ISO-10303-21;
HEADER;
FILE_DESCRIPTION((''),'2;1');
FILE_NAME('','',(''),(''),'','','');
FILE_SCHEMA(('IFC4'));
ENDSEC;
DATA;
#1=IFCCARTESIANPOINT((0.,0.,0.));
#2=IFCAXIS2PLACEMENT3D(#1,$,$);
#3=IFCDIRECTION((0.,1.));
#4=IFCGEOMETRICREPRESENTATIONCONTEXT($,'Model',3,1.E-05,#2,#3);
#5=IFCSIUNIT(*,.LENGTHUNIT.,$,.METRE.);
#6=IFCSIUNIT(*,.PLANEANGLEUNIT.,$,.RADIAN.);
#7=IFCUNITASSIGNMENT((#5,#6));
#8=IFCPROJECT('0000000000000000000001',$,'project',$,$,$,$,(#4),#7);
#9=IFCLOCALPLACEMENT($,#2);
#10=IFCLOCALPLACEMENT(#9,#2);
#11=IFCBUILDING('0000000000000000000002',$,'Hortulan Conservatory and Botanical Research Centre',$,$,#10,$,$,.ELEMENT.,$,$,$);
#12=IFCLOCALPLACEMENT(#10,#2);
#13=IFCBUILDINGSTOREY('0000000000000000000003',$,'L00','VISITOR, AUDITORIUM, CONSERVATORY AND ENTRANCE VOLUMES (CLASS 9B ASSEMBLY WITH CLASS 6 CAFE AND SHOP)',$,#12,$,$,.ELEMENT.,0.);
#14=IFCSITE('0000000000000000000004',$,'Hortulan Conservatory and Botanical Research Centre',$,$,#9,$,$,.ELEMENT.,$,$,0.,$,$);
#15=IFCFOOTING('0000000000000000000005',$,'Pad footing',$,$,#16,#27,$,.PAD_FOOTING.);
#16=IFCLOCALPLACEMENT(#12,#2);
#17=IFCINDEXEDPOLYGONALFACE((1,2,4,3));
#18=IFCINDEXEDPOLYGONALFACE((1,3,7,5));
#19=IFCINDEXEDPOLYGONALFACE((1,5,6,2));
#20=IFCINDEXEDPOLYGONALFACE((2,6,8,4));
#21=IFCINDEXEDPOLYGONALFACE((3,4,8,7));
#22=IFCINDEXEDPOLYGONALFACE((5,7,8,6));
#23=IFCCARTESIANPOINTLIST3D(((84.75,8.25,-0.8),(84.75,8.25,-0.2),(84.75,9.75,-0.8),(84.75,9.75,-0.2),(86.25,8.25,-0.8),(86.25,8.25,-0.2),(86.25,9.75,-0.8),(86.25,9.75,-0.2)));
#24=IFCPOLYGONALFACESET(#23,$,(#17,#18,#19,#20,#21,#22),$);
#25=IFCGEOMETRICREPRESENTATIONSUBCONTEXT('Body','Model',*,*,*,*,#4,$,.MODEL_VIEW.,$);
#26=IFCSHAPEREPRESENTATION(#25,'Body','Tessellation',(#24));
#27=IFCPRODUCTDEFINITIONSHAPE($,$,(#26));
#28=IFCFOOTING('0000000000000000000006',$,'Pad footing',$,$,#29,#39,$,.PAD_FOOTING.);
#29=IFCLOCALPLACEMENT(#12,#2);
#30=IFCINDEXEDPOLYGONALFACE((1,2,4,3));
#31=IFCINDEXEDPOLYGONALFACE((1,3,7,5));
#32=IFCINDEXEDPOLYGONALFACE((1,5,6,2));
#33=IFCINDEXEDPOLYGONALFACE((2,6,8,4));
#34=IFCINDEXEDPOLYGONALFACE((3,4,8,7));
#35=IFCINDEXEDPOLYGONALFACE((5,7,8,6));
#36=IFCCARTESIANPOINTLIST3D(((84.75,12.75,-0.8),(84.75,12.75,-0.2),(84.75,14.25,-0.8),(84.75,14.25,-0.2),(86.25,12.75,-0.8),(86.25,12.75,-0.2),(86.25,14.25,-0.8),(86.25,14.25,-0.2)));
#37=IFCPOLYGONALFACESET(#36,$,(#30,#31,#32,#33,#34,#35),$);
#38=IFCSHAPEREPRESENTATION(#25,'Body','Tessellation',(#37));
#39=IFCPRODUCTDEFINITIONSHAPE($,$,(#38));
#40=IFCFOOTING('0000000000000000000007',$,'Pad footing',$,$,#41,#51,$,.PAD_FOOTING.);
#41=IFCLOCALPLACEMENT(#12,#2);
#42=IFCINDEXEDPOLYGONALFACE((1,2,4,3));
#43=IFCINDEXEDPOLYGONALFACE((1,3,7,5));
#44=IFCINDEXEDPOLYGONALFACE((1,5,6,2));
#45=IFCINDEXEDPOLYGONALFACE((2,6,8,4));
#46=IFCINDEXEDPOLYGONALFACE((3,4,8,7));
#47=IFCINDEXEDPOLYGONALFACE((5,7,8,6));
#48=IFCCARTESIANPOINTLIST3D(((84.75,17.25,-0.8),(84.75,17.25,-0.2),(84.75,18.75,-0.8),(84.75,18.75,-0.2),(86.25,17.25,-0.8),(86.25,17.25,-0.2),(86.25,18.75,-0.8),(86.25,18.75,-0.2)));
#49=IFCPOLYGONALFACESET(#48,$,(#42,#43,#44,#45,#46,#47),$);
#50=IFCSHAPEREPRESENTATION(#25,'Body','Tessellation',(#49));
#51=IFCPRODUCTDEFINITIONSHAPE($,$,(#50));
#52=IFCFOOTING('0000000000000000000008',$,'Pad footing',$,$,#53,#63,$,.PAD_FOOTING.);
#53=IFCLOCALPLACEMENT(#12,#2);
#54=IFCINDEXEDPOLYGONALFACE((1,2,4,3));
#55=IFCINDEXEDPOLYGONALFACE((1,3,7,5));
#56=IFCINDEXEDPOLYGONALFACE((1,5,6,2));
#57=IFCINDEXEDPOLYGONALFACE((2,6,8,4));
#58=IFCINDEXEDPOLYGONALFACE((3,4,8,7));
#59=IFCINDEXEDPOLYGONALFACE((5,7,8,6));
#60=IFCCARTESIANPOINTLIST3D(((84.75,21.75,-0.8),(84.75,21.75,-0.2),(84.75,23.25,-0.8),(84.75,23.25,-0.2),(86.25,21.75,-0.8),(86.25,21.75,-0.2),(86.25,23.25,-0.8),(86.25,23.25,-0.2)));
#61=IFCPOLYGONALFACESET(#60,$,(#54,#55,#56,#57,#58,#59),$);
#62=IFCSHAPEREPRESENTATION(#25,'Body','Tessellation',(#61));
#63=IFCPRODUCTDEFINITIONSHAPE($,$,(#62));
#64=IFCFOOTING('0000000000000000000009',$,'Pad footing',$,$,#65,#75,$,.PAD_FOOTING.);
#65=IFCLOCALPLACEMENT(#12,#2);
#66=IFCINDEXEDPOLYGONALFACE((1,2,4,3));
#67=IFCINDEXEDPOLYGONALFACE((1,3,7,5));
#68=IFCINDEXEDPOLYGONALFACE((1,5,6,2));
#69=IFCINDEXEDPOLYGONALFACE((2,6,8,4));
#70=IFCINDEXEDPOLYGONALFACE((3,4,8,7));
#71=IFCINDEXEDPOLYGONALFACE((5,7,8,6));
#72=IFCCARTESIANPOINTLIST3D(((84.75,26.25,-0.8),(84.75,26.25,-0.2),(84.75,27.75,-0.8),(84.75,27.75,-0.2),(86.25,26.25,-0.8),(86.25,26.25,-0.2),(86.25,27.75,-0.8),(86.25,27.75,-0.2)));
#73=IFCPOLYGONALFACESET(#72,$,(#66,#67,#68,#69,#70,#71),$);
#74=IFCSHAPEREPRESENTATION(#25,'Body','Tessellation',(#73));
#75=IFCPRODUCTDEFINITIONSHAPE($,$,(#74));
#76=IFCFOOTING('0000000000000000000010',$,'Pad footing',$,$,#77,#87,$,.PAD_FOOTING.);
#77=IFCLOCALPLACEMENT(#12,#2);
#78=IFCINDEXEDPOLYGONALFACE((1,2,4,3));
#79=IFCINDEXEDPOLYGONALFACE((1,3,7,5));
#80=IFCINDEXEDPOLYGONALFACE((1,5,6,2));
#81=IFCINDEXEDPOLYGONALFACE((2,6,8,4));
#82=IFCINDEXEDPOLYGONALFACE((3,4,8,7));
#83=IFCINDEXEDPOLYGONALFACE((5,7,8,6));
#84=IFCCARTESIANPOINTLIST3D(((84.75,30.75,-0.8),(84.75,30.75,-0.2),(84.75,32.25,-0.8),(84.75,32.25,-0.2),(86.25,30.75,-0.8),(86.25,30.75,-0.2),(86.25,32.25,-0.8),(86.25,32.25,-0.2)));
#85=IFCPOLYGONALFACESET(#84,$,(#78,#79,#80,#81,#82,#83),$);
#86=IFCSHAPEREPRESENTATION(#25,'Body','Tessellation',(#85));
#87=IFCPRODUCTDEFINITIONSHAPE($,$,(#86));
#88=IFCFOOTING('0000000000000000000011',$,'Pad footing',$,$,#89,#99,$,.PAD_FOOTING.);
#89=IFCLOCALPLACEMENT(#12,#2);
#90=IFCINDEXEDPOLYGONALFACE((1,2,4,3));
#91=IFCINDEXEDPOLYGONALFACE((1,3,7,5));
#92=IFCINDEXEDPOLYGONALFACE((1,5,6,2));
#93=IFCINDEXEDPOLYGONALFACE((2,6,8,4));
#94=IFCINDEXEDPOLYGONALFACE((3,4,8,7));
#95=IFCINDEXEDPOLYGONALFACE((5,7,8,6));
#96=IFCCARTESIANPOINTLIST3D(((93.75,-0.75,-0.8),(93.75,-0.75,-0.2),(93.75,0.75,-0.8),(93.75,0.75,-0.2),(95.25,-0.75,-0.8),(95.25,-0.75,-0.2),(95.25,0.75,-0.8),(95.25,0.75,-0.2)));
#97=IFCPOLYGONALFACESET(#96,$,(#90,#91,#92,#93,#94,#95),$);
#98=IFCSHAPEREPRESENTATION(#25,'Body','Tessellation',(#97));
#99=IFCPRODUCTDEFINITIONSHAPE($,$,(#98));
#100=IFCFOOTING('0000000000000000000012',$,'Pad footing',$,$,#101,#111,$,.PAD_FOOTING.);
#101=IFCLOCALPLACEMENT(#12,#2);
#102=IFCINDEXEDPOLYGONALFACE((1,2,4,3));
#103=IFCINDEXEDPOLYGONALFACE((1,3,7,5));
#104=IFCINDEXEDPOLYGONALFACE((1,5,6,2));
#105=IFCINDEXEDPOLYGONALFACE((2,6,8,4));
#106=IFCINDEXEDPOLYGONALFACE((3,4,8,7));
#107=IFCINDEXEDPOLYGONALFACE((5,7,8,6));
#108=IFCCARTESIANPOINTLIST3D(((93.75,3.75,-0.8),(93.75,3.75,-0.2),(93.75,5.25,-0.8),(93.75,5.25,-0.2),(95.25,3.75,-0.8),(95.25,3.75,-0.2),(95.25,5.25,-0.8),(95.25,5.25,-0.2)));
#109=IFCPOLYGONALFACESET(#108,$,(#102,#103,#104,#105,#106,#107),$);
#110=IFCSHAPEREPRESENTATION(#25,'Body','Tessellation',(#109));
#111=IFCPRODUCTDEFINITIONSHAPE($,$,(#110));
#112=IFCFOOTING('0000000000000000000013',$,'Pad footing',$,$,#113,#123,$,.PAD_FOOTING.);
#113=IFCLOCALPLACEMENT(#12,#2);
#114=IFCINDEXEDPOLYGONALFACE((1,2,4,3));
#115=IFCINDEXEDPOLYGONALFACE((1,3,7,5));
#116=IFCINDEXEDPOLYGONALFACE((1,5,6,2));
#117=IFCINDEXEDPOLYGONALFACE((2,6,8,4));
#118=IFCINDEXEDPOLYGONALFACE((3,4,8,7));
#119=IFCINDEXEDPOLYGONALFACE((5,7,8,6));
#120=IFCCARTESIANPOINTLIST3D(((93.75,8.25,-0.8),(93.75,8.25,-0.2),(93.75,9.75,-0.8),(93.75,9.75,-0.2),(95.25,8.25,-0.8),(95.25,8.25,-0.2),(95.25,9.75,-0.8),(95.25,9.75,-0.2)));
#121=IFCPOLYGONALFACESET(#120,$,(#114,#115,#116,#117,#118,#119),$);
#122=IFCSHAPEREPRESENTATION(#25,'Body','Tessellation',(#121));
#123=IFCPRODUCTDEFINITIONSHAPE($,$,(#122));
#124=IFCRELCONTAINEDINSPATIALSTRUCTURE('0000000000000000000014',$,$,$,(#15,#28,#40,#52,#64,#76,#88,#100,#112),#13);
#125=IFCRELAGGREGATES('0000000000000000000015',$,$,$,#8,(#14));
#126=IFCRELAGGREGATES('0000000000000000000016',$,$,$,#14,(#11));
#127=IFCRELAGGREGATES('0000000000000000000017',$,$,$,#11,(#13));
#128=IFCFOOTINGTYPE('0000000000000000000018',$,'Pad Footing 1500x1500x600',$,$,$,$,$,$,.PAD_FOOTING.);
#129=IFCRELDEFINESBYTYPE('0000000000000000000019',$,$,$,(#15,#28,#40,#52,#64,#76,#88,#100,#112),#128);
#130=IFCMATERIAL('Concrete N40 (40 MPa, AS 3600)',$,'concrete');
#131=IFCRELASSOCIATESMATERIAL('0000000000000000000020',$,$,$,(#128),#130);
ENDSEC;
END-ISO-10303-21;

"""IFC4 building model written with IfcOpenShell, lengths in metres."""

from ifc_helpers import new_model, si_unit, direction, frame, origin, place, context, subcontext, project, spatial, polyline, outline, extrude, material, type_object, element, save


model = new_model("IFC4")

# Units and contexts
model_context = context("Model", 3, precision=1e-05, world=origin(), true_north=direction((0.0, 1.0)))
body_context = subcontext(model_context, "Body", "Model", "MODEL_VIEW")
ifc_project = project(units=[si_unit("LENGTHUNIT", "METRE"), si_unit("PLANEANGLEUNIT", "RADIAN")], contexts=[model_context])

# Site, building, storey
site_placement = place(None, origin())
site = spatial("IfcSite", under=ifc_project, at=site_placement, Name="Hortulan Conservatory and Botanical Research Centre", CompositionType="ELEMENT", RefElevation=0.0)
building_placement = place(site_placement, origin())
building = spatial("IfcBuilding", under=site, at=building_placement, Name="Hortulan Conservatory and Botanical Research Centre", CompositionType="ELEMENT")
storey_placement = place(building_placement, origin())
storey = spatial("IfcBuildingStorey", under=building, at=storey_placement, Name="L00", Description="VISITOR, AUDITORIUM, CONSERVATORY AND ENTRANCE VOLUMES (CLASS 9B ASSEMBLY WITH CLASS 6 CAFE AND SHOP)", CompositionType="ELEMENT", Elevation=0.0)

# Footings
ifc_material = material(Name="Concrete N40 (40 MPa, AS 3600)", Category="concrete")
footing_type_1 = type_object("IfcFootingType", Name="Pad Footing 1500x1500x600", PredefinedType="PAD_FOOTING", material=ifc_material)
footing_1_placement = place(storey_placement, frame((0.0, 0.0, -0.8)))
element("IfcFooting", 1, at=footing_1_placement, inside=storey, type_object=footing_type_1, Name="Pad footing", PredefinedType="PAD_FOOTING", context=body_context, shape_type="SweptSolid", body=[
    extrude(outline(polyline([(86.25, 8.25), (86.25, 9.75), (84.75, 9.75), (84.75, 8.25), (86.25, 8.25)])), origin(), (0.0, 0.0, 1.0), 0.6001),
])
footing_2_placement = place(storey_placement, frame((0.0, 0.0, -0.8)))
element("IfcFooting", 2, at=footing_2_placement, inside=storey, type_object=footing_type_1, Name="Pad footing", PredefinedType="PAD_FOOTING", context=body_context, shape_type="SweptSolid", body=[
    extrude(outline(polyline([(86.25, 12.75), (86.25, 14.25), (84.75, 14.25), (84.75, 12.75), (86.25, 12.75)])), origin(), (0.0, 0.0, 1.0), 0.6001),
])
footing_3_placement = place(storey_placement, frame((0.0, 0.0, -0.8)))
element("IfcFooting", 3, at=footing_3_placement, inside=storey, type_object=footing_type_1, Name="Pad footing", PredefinedType="PAD_FOOTING", context=body_context, shape_type="SweptSolid", body=[
    extrude(outline(polyline([(86.25, 17.25), (86.25, 18.75), (84.75, 18.75), (84.75, 17.25), (86.25, 17.25)])), origin(), (0.0, 0.0, 1.0), 0.6001),
])
footing_4_placement = place(storey_placement, frame((0.0, 0.0, -0.8)))
element("IfcFooting", 4, at=footing_4_placement, inside=storey, type_object=footing_type_1, Name="Pad footing", PredefinedType="PAD_FOOTING", context=body_context, shape_type="SweptSolid", body=[
    extrude(outline(polyline([(86.25, 21.75), (86.25, 23.25), (84.75, 23.25), (84.75, 21.75), (86.25, 21.75)])), origin(), (0.0, 0.0, 1.0), 0.6001),
])
footing_5_placement = place(storey_placement, frame((0.0, 0.0, -0.8)))
element("IfcFooting", 5, at=footing_5_placement, inside=storey, type_object=footing_type_1, Name="Pad footing", PredefinedType="PAD_FOOTING", context=body_context, shape_type="SweptSolid", body=[
    extrude(outline(polyline([(86.25, 26.25), (86.25, 27.75), (84.75, 27.75), (84.75, 26.25), (86.25, 26.25)])), origin(), (0.0, 0.0, 1.0), 0.6001),
])
footing_6_placement = place(storey_placement, frame((0.0, 0.0, -0.8)))
element("IfcFooting", 6, at=footing_6_placement, inside=storey, type_object=footing_type_1, Name="Pad footing", PredefinedType="PAD_FOOTING", context=body_context, shape_type="SweptSolid", body=[
    extrude(outline(polyline([(86.25, 30.75), (86.25, 32.25), (84.75, 32.25), (84.75, 30.75), (86.25, 30.75)])), origin(), (0.0, 0.0, 1.0), 0.6001),
])
footing_7_placement = place(storey_placement, frame((0.0, 0.0, -0.8)))
element("IfcFooting", 7, at=footing_7_placement, inside=storey, type_object=footing_type_1, Name="Pad footing", PredefinedType="PAD_FOOTING", context=body_context, shape_type="SweptSolid", body=[
    extrude(outline(polyline([(95.25, -0.75), (95.25, 0.75), (93.75, 0.75), (93.75, -0.75), (95.25, -0.75)])), origin(), (0.0, 0.0, 1.0), 0.6001),
])
footing_8_placement = place(storey_placement, frame((0.0, 0.0, -0.8)))
element("IfcFooting", 8, at=footing_8_placement, inside=storey, type_object=footing_type_1, Name="Pad footing", PredefinedType="PAD_FOOTING", context=body_context, shape_type="SweptSolid", body=[
    extrude(outline(polyline([(95.25, 3.75), (95.25, 5.25), (93.75, 5.25), (93.75, 3.75), (95.25, 3.75)])), origin(), (0.0, 0.0, 1.0), 0.6001),
])
footing_9_placement = place(storey_placement, frame((0.0, 0.0, -0.8)))
element("IfcFooting", 9, at=footing_9_placement, inside=storey, type_object=footing_type_1, Name="Pad footing", PredefinedType="PAD_FOOTING", context=body_context, shape_type="SweptSolid", body=[
    extrude(outline(polyline([(95.25, 8.25), (95.25, 9.75), (93.75, 9.75), (93.75, 8.25), (95.25, 8.25)])), origin(), (0.0, 0.0, 1.0), 0.6001),
])

save(model, "model.ifc")
